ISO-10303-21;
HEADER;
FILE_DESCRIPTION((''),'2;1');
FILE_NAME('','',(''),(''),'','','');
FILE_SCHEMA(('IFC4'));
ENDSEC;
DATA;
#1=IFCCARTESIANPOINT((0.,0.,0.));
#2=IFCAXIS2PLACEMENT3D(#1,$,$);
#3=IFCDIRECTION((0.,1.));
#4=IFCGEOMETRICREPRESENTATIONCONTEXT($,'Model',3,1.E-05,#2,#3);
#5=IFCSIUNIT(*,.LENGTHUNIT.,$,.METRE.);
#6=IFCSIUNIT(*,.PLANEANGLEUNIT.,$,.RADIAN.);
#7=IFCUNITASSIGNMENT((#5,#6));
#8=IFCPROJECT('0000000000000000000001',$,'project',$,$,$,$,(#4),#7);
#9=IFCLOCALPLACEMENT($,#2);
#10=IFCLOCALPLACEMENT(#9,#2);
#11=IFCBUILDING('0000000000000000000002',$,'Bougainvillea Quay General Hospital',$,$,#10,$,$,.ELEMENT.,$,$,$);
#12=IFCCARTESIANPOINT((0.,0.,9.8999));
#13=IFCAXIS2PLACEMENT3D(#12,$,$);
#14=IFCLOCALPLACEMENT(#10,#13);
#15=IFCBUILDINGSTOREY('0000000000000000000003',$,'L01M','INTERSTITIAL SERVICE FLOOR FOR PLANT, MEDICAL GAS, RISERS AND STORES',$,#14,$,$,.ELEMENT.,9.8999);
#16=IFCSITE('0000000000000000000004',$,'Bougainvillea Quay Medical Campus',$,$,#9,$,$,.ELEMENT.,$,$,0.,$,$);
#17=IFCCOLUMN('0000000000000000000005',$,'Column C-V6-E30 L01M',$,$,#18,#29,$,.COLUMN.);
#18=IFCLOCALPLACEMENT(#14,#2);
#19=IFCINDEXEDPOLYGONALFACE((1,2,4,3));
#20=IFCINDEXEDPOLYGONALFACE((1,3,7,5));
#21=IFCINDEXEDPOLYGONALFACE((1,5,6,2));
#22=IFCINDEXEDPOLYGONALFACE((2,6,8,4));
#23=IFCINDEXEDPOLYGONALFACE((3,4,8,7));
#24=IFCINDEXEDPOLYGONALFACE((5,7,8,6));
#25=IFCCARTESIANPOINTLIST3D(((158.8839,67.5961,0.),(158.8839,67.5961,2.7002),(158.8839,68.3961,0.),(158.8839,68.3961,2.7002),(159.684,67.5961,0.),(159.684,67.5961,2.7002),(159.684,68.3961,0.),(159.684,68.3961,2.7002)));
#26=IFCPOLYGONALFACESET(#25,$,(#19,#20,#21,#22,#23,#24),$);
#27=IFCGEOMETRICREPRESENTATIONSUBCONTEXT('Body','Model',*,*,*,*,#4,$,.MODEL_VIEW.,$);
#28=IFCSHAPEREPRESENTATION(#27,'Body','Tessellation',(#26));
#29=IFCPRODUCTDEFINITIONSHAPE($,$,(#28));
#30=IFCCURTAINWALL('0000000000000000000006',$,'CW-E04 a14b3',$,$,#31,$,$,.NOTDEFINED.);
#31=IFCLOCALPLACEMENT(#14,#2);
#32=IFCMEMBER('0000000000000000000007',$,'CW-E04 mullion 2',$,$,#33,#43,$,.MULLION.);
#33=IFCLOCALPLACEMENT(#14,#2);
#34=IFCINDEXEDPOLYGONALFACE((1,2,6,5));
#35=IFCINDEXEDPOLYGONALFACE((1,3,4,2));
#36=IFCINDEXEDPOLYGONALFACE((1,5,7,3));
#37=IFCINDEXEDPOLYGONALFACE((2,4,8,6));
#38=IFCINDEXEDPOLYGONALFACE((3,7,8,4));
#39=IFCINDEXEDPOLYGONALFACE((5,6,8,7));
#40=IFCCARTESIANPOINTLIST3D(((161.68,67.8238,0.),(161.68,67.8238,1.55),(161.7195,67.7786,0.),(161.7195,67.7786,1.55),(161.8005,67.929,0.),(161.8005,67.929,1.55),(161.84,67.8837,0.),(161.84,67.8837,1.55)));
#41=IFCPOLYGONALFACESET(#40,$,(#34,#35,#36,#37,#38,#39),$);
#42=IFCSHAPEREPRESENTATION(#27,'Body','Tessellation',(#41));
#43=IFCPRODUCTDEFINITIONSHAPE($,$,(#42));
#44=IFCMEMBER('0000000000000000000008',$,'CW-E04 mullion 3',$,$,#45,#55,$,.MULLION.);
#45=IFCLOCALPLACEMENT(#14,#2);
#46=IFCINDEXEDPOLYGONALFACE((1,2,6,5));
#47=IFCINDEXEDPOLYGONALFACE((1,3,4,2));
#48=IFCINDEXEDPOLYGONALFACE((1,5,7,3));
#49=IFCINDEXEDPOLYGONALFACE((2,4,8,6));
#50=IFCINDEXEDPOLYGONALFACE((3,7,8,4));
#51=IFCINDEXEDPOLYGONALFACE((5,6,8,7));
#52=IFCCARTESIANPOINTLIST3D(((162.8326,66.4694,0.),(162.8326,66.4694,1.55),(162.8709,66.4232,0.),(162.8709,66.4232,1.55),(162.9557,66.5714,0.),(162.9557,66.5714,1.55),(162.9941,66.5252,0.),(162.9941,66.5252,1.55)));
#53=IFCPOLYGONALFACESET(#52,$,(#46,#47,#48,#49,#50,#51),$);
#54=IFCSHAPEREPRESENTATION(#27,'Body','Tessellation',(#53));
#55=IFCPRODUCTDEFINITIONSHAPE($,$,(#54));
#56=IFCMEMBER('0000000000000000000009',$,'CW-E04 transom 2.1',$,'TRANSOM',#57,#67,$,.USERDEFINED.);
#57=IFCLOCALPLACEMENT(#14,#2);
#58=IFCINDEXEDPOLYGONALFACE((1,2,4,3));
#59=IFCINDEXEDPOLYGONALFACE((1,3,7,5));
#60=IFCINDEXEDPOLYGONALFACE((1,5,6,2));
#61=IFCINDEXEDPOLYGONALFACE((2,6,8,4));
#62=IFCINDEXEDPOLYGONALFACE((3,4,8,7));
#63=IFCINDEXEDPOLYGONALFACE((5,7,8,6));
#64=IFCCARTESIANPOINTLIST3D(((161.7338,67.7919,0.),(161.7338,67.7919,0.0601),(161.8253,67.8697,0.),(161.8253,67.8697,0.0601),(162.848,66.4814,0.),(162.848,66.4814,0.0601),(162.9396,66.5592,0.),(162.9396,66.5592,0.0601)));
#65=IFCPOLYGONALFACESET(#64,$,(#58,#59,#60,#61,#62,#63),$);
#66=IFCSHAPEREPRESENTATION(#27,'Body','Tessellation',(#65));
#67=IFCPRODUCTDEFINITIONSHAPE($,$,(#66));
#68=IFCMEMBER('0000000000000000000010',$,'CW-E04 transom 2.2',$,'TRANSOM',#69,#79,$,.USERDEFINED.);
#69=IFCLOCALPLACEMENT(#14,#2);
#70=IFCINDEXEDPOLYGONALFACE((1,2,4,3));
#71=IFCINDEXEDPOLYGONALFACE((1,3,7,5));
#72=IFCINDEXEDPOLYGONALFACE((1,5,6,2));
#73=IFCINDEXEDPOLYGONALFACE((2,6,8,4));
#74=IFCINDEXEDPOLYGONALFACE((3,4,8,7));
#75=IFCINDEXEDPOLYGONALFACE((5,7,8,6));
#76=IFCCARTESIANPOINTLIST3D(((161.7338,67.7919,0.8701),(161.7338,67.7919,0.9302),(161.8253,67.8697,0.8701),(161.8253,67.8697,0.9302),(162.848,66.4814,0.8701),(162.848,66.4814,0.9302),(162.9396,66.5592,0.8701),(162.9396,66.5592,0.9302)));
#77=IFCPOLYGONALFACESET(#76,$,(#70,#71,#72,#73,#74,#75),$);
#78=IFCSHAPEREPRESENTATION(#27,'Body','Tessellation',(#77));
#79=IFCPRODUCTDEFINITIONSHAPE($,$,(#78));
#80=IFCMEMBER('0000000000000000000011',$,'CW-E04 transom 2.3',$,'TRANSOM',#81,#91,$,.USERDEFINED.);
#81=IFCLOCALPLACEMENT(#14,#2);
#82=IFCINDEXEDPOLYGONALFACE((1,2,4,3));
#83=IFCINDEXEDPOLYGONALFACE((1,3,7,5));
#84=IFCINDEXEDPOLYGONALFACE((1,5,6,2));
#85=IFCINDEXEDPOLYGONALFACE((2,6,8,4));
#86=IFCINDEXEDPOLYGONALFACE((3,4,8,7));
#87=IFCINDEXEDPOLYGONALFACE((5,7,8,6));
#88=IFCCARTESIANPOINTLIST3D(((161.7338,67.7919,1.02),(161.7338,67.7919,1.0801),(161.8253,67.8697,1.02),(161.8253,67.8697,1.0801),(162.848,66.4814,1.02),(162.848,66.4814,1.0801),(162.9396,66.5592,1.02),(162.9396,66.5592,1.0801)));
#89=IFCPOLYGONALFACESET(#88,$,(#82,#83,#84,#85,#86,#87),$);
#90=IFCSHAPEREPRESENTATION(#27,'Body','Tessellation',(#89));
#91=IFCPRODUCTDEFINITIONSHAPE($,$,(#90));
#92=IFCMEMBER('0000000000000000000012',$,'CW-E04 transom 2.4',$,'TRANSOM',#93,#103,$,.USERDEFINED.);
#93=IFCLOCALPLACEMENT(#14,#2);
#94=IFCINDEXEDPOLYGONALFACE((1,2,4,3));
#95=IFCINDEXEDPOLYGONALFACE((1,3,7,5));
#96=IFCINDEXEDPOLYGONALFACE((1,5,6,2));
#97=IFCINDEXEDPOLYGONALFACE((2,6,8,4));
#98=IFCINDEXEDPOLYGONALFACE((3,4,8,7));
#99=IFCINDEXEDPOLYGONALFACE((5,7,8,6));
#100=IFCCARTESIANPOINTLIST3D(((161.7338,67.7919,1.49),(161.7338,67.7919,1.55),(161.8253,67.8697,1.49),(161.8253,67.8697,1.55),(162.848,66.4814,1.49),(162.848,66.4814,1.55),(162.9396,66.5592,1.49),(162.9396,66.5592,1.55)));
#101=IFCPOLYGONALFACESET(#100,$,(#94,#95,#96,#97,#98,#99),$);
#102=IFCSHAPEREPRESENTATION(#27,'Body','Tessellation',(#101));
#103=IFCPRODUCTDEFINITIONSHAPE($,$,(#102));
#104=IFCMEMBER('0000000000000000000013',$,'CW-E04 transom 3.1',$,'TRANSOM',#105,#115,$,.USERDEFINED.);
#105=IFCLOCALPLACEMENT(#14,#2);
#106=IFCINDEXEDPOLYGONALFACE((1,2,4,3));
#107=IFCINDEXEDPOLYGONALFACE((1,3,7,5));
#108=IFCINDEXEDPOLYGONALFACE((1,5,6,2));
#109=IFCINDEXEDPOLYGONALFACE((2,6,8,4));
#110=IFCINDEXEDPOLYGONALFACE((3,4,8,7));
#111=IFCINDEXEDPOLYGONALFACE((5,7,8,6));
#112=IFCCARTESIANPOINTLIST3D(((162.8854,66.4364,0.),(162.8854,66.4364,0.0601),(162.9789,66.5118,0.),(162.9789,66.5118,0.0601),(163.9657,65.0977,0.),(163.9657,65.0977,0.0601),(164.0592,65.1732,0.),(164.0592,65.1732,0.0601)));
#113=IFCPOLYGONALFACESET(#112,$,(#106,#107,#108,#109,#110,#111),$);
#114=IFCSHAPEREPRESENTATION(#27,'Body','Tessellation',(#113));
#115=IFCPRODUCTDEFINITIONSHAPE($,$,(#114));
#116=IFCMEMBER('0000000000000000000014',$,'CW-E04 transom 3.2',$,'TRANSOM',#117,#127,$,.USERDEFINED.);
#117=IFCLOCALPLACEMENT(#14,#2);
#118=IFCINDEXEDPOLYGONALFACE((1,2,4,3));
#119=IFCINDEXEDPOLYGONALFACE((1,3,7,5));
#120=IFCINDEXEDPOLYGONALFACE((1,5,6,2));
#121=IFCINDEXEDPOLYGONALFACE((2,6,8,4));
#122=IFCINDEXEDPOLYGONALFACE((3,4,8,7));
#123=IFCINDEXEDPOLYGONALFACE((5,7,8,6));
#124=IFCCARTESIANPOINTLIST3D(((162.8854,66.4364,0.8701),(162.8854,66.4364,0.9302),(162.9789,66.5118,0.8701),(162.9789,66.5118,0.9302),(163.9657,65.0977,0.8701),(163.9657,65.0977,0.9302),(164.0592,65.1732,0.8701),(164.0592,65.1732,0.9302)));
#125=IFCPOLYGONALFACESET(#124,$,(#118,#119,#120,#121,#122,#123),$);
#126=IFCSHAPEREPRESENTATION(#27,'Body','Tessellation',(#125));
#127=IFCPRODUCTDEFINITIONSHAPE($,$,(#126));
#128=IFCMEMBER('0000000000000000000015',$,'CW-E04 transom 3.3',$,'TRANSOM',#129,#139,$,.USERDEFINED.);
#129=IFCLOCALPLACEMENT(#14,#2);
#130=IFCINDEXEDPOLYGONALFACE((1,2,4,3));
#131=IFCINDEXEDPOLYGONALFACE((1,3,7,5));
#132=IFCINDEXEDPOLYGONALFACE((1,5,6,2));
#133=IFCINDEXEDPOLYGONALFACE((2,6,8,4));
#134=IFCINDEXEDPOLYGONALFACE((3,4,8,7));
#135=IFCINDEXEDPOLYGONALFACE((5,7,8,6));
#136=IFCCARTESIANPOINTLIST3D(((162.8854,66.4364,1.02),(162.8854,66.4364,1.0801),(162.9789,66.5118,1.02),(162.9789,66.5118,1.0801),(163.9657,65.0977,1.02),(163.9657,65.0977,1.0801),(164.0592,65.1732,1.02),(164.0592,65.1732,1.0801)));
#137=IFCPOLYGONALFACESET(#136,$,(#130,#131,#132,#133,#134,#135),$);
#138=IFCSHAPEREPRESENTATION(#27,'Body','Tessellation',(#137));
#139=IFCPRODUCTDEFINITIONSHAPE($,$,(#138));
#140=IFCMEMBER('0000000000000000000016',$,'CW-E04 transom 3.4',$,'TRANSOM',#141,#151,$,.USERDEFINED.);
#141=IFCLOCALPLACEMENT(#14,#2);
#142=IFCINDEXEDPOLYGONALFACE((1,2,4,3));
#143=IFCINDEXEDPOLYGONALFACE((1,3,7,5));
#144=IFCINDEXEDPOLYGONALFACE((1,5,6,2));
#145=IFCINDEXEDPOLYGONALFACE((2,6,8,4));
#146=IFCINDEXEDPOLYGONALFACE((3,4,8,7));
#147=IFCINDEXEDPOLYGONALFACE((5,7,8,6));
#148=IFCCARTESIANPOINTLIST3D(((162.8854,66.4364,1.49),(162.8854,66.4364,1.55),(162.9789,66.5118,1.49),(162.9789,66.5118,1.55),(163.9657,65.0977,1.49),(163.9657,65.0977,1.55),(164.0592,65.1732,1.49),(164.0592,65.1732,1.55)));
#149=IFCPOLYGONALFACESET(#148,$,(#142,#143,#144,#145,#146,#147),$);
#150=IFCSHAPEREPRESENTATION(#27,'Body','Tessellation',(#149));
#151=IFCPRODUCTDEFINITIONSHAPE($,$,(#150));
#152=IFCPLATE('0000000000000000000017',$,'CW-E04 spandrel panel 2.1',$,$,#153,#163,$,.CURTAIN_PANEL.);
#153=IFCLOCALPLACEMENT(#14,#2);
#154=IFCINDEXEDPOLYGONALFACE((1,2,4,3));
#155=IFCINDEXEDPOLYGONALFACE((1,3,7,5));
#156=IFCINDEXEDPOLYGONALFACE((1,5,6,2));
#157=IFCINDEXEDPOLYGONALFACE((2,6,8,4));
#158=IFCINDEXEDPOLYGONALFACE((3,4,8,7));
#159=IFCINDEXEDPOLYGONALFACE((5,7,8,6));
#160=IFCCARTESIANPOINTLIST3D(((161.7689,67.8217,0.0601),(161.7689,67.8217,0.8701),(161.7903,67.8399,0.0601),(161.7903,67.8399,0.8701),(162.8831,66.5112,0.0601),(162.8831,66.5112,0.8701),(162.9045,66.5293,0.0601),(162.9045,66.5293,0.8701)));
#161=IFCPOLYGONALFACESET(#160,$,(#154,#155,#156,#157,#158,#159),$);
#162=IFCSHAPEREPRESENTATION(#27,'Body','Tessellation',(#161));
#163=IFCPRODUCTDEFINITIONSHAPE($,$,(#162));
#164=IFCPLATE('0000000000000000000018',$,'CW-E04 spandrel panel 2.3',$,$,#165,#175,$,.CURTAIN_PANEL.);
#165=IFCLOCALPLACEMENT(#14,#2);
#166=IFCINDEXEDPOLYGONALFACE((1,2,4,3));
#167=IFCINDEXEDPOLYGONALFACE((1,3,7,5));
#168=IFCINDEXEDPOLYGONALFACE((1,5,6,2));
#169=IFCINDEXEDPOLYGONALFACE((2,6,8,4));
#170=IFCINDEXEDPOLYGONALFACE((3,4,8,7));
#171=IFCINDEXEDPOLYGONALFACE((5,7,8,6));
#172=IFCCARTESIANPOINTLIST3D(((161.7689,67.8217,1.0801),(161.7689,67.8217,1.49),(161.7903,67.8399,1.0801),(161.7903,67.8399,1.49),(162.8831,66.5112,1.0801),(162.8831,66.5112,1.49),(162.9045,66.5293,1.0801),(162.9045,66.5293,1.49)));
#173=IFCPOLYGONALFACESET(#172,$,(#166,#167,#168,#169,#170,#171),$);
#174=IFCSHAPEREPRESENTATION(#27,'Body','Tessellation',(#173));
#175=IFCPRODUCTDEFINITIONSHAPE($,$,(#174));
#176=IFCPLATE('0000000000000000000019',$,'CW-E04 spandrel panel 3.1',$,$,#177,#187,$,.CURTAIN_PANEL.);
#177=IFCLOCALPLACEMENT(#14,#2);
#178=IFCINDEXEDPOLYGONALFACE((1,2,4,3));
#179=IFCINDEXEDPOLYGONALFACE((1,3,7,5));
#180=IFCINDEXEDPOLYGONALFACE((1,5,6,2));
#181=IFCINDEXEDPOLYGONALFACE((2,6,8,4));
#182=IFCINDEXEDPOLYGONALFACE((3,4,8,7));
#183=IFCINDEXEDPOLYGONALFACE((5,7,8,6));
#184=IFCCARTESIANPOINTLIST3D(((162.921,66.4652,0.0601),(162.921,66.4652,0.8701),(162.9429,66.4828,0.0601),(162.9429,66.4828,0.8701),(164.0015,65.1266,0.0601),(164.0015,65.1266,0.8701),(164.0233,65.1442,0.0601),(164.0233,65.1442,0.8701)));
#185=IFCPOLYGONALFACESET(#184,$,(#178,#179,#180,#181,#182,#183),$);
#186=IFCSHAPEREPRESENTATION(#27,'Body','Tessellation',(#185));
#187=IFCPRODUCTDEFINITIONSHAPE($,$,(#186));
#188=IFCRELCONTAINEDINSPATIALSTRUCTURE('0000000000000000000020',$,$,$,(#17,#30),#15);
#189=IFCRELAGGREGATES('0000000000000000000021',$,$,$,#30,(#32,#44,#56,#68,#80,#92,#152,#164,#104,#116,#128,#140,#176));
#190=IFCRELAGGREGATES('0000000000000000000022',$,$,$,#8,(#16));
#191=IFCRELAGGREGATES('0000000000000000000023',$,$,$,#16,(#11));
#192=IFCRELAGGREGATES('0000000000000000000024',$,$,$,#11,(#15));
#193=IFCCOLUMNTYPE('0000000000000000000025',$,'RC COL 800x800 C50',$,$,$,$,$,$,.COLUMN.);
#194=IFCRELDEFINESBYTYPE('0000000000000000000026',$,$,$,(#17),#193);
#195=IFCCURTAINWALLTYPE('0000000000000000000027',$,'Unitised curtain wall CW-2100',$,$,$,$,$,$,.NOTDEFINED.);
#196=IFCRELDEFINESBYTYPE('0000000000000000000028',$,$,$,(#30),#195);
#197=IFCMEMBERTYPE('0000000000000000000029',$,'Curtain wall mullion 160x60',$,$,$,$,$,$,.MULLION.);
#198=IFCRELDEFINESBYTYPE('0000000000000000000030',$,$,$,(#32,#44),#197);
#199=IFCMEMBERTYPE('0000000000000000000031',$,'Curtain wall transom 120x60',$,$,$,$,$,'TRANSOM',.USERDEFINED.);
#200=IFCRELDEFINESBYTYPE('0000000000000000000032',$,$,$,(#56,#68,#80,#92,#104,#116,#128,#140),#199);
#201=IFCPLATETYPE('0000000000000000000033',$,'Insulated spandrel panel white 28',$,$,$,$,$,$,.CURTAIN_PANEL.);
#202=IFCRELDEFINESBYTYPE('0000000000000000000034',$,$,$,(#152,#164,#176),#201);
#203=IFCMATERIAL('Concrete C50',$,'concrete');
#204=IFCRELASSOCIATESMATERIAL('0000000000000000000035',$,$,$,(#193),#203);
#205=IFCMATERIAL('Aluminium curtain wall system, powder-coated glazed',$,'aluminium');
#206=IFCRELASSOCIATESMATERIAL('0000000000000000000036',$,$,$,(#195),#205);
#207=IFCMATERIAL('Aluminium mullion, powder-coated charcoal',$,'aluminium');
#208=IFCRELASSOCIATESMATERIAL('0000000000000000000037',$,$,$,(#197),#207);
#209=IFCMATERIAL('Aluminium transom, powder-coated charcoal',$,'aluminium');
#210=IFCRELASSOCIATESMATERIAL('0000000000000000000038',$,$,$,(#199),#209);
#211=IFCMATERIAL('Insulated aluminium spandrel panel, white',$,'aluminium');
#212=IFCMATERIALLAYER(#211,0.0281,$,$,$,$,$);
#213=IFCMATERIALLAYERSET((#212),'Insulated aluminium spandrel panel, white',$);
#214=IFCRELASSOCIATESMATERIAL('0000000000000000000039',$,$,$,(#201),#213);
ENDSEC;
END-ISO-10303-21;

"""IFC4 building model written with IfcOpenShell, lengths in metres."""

from ifc_helpers import new_model, si_unit, direction, frame, origin, origin_2d, place, context, subcontext, project, spatial, rectangle, extrude, material, layer, layer_set, material_profile, profile_set, type_object, element, aggregate, save


model = new_model("IFC4")

# Units and contexts
model_context = context("Model", 3, precision=1e-05, world=origin(), true_north=direction((0.0, 1.0)))
body_context = subcontext(model_context, "Body", "Model", "MODEL_VIEW")
ifc_project = project(units=[si_unit("LENGTHUNIT", "METRE"), si_unit("PLANEANGLEUNIT", "RADIAN")], contexts=[model_context])

# Site, building, storey
site_placement = place(None, origin())
site = spatial("IfcSite", under=ifc_project, at=site_placement, Name="Bougainvillea Quay Medical Campus", CompositionType="ELEMENT", RefElevation=0.0)
building_placement = place(site_placement, origin())
building = spatial("IfcBuilding", under=site, at=building_placement, Name="Bougainvillea Quay General Hospital", CompositionType="ELEMENT")
storey_placement = place(building_placement, frame((0.0, 0.0, 9.8999)))
storey = spatial("IfcBuildingStorey", under=building, at=storey_placement, Name="L01M", Description="INTERSTITIAL SERVICE FLOOR FOR PLANT, MEDICAL GAS, RISERS AND STORES", CompositionType="ELEMENT", Elevation=9.8999)

# Column
ifc_material_1 = material(Name="Concrete C50", Category="concrete")
ifc_material_profile_1 = material_profile(ifc_material_1, rectangle(XDim=0.8, YDim=0.8, at=origin_2d()))
ifc_profile_set_1 = profile_set([ifc_material_profile_1], Name="Concrete C50")
column_type = type_object("IfcColumnType", Name="RC COL 800x800 C50", PredefinedType="COLUMN", material=ifc_profile_set_1)
column_placement = place(storey_placement, frame((159.2839, 67.9961, 0.0), z_axis=(0.0, 0.0, 1.0), x_axis=(1.0, 0.0, 0.0)))
element("IfcColumn", 1, at=column_placement, inside=storey, type_object=column_type, Name="Column C-V6-E30 L01M", PredefinedType="COLUMN", context=body_context, shape_type="SweptSolid", body=[
    extrude(rectangle(XDim=0.8, YDim=0.8, at=origin_2d()), origin(), (0.0, 0.0, 1.0), 2.7002),
])

# Curtain wall, members, plates
ifc_material_2 = material(Name="Aluminium curtain wall system, powder-coated glazed", Category="aluminium")
curtain_wall_type = type_object("IfcCurtainWallType", Name="Unitised curtain wall CW-2100", PredefinedType="NOTDEFINED", material=ifc_material_2)
curtain_wall_placement = place(storey_placement, origin())
curtain_wall = element("IfcCurtainWall", 2, at=curtain_wall_placement, inside=storey, type_object=curtain_wall_type, Name="CW-E04 a14b3", PredefinedType="NOTDEFINED")
ifc_material_3 = material(Name="Aluminium mullion, powder-coated charcoal", Category="aluminium")
ifc_material_profile_2 = material_profile(ifc_material_3, rectangle(XDim=0.1599, YDim=0.0601, at=origin_2d()))
ifc_profile_set_2 = profile_set([ifc_material_profile_2], Name="Aluminium mullion, powder-coated charcoal")
member_type_1 = type_object("IfcMemberType", Name="Curtain wall mullion 160x60", PredefinedType="MULLION", material=ifc_profile_set_2)
member_1_placement = place(storey_placement, frame((161.76, 67.8538, 0.0), z_axis=(0.0, 0.0, 1.0), x_axis=(0.753545, 0.657396, 0.0)))
member_1 = element("IfcMember", 3, at=member_1_placement, type_object=member_type_1, Name="CW-E04 mullion 2", PredefinedType="MULLION", context=body_context, shape_type="SweptSolid", body=[
    extrude(rectangle(XDim=0.1599, YDim=0.0601, at=origin_2d()), origin(), (0.0, 0.0, 1.0), 1.55),
])
member_2_placement = place(storey_placement, frame((162.9133, 66.4973, 0.0), z_axis=(0.0, 0.0, 1.0), x_axis=(0.770077, 0.637951, 0.0)))
member_2 = element("IfcMember", 4, at=member_2_placement, type_object=member_type_1, Name="CW-E04 mullion 3", PredefinedType="MULLION", context=body_context, shape_type="SweptSolid", body=[
    extrude(rectangle(XDim=0.1599, YDim=0.0601, at=origin_2d()), origin(), (0.0, 0.0, 1.0), 1.55),
])
ifc_material_4 = material(Name="Aluminium transom, powder-coated charcoal", Category="aluminium")
ifc_material_profile_3 = material_profile(ifc_material_4, rectangle(XDim=0.1201, YDim=0.0601, at=origin_2d()))
ifc_profile_set_3 = profile_set([ifc_material_profile_3], Name="Aluminium transom, powder-coated charcoal")
member_type_2 = type_object("IfcMemberType", Name="Curtain wall transom 120x60", ElementType="TRANSOM", PredefinedType="USERDEFINED", material=ifc_profile_set_3)
member_3_placement = place(storey_placement, frame((161.7795, 67.8308, 0.03), z_axis=(0.647747, -0.761855, 0.0), x_axis=(0.761855, 0.647747, 0.0)))
member_3 = element("IfcMember", 5, at=member_3_placement, type_object=member_type_2, Name="CW-E04 transom 2.1", ObjectType="TRANSOM", PredefinedType="USERDEFINED", context=body_context, shape_type="SweptSolid", body=[
    extrude(rectangle(XDim=0.1201, YDim=0.0601, at=origin_2d()), origin(), (0.0, 0.0, 1.0), 1.7202),
])
member_4_placement = place(storey_placement, frame((161.7795, 67.8308, 0.9001), z_axis=(0.647747, -0.761855, 0.0), x_axis=(0.761855, 0.647747, 0.0)))
member_4 = element("IfcMember", 6, at=member_4_placement, type_object=member_type_2, Name="CW-E04 transom 2.2", ObjectType="TRANSOM", PredefinedType="USERDEFINED", context=body_context, shape_type="SweptSolid", body=[
    extrude(rectangle(XDim=0.1201, YDim=0.0601, at=origin_2d()), origin(), (0.0, 0.0, 1.0), 1.7202),
])
member_5_placement = place(storey_placement, frame((161.7795, 67.8308, 1.05), z_axis=(0.647747, -0.761855, 0.0), x_axis=(0.761855, 0.647747, 0.0)))
member_5 = element("IfcMember", 7, at=member_5_placement, type_object=member_type_2, Name="CW-E04 transom 2.3", ObjectType="TRANSOM", PredefinedType="USERDEFINED", context=body_context, shape_type="SweptSolid", body=[
    extrude(rectangle(XDim=0.1201, YDim=0.0601, at=origin_2d()), origin(), (0.0, 0.0, 1.0), 1.7202),
])
member_6_placement = place(storey_placement, frame((161.7795, 67.8308, 1.52), z_axis=(0.647747, -0.761855, 0.0), x_axis=(0.761855, 0.647747, 0.0)))
member_6 = element("IfcMember", 8, at=member_6_placement, type_object=member_type_2, Name="CW-E04 transom 2.4", ObjectType="TRANSOM", PredefinedType="USERDEFINED", context=body_context, shape_type="SweptSolid", body=[
    extrude(rectangle(XDim=0.1201, YDim=0.0601, at=origin_2d()), origin(), (0.0, 0.0, 1.0), 1.7202),
])
member_7_placement = place(storey_placement, frame((162.9321, 66.4741, 0.03), z_axis=(0.62803, -0.778189, 0.0), x_axis=(0.778189, 0.62803, 0.0)))
member_7 = element("IfcMember", 9, at=member_7_placement, type_object=member_type_2, Name="CW-E04 transom 3.1", ObjectType="TRANSOM", PredefinedType="USERDEFINED", context=body_context, shape_type="SweptSolid", body=[
    extrude(rectangle(XDim=0.1201, YDim=0.0601, at=origin_2d()), origin(), (0.0, 0.0, 1.0), 1.7202),
])
member_8_placement = place(storey_placement, frame((162.9321, 66.4741, 0.9001), z_axis=(0.62803, -0.778189, 0.0), x_axis=(0.778189, 0.62803, 0.0)))
member_8 = element("IfcMember", 10, at=member_8_placement, type_object=member_type_2, Name="CW-E04 transom 3.2", ObjectType="TRANSOM", PredefinedType="USERDEFINED", context=body_context, shape_type="SweptSolid", body=[
    extrude(rectangle(XDim=0.1201, YDim=0.0601, at=origin_2d()), origin(), (0.0, 0.0, 1.0), 1.7202),
])
member_9_placement = place(storey_placement, frame((162.9321, 66.4741, 1.05), z_axis=(0.62803, -0.778189, 0.0), x_axis=(0.778189, 0.62803, 0.0)))
member_9 = element("IfcMember", 11, at=member_9_placement, type_object=member_type_2, Name="CW-E04 transom 3.3", ObjectType="TRANSOM", PredefinedType="USERDEFINED", context=body_context, shape_type="SweptSolid", body=[
    extrude(rectangle(XDim=0.1201, YDim=0.0601, at=origin_2d()), origin(), (0.0, 0.0, 1.0), 1.7202),
])
member_10_placement = place(storey_placement, frame((162.9321, 66.4741, 1.52), z_axis=(0.62803, -0.778189, 0.0), x_axis=(0.778189, 0.62803, 0.0)))
member_10 = element("IfcMember", 12, at=member_10_placement, type_object=member_type_2, Name="CW-E04 transom 3.4", ObjectType="TRANSOM", PredefinedType="USERDEFINED", context=body_context, shape_type="SweptSolid", body=[
    extrude(rectangle(XDim=0.1201, YDim=0.0601, at=origin_2d()), origin(), (0.0, 0.0, 1.0), 1.7202),
])
ifc_material_5 = material(Name="Insulated aluminium spandrel panel, white", Category="aluminium")
ifc_layer_1 = layer(ifc_material_5, 0.0281)
ifc_layer_set_1 = layer_set([ifc_layer_1], Name="Insulated aluminium spandrel panel, white")
plate_type_1 = type_object("IfcPlateType", Name="Insulated spandrel panel white 28", PredefinedType="CURTAIN_PANEL", material=ifc_layer_set_1)
plate_1_placement = place(storey_placement, frame((162.3367, 67.1755, 0.0601), z_axis=(0.0, 0.0, 1.0), x_axis=(0.647726, -0.761873, 0.0)))
plate_1 = element("IfcPlate", 13, at=plate_1_placement, type_object=plate_type_1, Name="CW-E04 spandrel panel 2.1", PredefinedType="CURTAIN_PANEL", context=body_context, shape_type="SweptSolid", body=[
    extrude(rectangle(XDim=1.7202, YDim=0.0281, at=origin_2d()), origin(), (0.0, 0.0, 1.0), 0.8101),
])
plate_2_placement = place(storey_placement, frame((162.3367, 67.1755, 1.0801), z_axis=(0.0, 0.0, 1.0), x_axis=(0.647726, -0.761873, 0.0)))
plate_2 = element("IfcPlate", 14, at=plate_2_placement, type_object=plate_type_1, Name="CW-E04 spandrel panel 2.3", PredefinedType="CURTAIN_PANEL", context=body_context, shape_type="SweptSolid", body=[
    extrude(rectangle(XDim=1.7202, YDim=0.0281, at=origin_2d()), origin(), (0.0, 0.0, 1.0), 0.4099),
])
plate_3_placement = place(storey_placement, frame((163.4722, 65.8047, 0.0601), z_axis=(0.0, 0.0, 1.0), x_axis=(0.628072, -0.778155, 0.0)))
plate_3 = element("IfcPlate", 15, at=plate_3_placement, type_object=plate_type_1, Name="CW-E04 spandrel panel 3.1", PredefinedType="CURTAIN_PANEL", context=body_context, shape_type="SweptSolid", body=[
    extrude(rectangle(XDim=1.7202, YDim=0.0281, at=origin_2d()), origin(), (0.0, 0.0, 1.0), 0.8101),
])
aggregate(curtain_wall, [member_1, member_2, member_3, member_4, member_5, member_6, plate_1, plate_2, member_7, member_8, member_9, member_10, plate_3])

save(model, "model.ifc")
